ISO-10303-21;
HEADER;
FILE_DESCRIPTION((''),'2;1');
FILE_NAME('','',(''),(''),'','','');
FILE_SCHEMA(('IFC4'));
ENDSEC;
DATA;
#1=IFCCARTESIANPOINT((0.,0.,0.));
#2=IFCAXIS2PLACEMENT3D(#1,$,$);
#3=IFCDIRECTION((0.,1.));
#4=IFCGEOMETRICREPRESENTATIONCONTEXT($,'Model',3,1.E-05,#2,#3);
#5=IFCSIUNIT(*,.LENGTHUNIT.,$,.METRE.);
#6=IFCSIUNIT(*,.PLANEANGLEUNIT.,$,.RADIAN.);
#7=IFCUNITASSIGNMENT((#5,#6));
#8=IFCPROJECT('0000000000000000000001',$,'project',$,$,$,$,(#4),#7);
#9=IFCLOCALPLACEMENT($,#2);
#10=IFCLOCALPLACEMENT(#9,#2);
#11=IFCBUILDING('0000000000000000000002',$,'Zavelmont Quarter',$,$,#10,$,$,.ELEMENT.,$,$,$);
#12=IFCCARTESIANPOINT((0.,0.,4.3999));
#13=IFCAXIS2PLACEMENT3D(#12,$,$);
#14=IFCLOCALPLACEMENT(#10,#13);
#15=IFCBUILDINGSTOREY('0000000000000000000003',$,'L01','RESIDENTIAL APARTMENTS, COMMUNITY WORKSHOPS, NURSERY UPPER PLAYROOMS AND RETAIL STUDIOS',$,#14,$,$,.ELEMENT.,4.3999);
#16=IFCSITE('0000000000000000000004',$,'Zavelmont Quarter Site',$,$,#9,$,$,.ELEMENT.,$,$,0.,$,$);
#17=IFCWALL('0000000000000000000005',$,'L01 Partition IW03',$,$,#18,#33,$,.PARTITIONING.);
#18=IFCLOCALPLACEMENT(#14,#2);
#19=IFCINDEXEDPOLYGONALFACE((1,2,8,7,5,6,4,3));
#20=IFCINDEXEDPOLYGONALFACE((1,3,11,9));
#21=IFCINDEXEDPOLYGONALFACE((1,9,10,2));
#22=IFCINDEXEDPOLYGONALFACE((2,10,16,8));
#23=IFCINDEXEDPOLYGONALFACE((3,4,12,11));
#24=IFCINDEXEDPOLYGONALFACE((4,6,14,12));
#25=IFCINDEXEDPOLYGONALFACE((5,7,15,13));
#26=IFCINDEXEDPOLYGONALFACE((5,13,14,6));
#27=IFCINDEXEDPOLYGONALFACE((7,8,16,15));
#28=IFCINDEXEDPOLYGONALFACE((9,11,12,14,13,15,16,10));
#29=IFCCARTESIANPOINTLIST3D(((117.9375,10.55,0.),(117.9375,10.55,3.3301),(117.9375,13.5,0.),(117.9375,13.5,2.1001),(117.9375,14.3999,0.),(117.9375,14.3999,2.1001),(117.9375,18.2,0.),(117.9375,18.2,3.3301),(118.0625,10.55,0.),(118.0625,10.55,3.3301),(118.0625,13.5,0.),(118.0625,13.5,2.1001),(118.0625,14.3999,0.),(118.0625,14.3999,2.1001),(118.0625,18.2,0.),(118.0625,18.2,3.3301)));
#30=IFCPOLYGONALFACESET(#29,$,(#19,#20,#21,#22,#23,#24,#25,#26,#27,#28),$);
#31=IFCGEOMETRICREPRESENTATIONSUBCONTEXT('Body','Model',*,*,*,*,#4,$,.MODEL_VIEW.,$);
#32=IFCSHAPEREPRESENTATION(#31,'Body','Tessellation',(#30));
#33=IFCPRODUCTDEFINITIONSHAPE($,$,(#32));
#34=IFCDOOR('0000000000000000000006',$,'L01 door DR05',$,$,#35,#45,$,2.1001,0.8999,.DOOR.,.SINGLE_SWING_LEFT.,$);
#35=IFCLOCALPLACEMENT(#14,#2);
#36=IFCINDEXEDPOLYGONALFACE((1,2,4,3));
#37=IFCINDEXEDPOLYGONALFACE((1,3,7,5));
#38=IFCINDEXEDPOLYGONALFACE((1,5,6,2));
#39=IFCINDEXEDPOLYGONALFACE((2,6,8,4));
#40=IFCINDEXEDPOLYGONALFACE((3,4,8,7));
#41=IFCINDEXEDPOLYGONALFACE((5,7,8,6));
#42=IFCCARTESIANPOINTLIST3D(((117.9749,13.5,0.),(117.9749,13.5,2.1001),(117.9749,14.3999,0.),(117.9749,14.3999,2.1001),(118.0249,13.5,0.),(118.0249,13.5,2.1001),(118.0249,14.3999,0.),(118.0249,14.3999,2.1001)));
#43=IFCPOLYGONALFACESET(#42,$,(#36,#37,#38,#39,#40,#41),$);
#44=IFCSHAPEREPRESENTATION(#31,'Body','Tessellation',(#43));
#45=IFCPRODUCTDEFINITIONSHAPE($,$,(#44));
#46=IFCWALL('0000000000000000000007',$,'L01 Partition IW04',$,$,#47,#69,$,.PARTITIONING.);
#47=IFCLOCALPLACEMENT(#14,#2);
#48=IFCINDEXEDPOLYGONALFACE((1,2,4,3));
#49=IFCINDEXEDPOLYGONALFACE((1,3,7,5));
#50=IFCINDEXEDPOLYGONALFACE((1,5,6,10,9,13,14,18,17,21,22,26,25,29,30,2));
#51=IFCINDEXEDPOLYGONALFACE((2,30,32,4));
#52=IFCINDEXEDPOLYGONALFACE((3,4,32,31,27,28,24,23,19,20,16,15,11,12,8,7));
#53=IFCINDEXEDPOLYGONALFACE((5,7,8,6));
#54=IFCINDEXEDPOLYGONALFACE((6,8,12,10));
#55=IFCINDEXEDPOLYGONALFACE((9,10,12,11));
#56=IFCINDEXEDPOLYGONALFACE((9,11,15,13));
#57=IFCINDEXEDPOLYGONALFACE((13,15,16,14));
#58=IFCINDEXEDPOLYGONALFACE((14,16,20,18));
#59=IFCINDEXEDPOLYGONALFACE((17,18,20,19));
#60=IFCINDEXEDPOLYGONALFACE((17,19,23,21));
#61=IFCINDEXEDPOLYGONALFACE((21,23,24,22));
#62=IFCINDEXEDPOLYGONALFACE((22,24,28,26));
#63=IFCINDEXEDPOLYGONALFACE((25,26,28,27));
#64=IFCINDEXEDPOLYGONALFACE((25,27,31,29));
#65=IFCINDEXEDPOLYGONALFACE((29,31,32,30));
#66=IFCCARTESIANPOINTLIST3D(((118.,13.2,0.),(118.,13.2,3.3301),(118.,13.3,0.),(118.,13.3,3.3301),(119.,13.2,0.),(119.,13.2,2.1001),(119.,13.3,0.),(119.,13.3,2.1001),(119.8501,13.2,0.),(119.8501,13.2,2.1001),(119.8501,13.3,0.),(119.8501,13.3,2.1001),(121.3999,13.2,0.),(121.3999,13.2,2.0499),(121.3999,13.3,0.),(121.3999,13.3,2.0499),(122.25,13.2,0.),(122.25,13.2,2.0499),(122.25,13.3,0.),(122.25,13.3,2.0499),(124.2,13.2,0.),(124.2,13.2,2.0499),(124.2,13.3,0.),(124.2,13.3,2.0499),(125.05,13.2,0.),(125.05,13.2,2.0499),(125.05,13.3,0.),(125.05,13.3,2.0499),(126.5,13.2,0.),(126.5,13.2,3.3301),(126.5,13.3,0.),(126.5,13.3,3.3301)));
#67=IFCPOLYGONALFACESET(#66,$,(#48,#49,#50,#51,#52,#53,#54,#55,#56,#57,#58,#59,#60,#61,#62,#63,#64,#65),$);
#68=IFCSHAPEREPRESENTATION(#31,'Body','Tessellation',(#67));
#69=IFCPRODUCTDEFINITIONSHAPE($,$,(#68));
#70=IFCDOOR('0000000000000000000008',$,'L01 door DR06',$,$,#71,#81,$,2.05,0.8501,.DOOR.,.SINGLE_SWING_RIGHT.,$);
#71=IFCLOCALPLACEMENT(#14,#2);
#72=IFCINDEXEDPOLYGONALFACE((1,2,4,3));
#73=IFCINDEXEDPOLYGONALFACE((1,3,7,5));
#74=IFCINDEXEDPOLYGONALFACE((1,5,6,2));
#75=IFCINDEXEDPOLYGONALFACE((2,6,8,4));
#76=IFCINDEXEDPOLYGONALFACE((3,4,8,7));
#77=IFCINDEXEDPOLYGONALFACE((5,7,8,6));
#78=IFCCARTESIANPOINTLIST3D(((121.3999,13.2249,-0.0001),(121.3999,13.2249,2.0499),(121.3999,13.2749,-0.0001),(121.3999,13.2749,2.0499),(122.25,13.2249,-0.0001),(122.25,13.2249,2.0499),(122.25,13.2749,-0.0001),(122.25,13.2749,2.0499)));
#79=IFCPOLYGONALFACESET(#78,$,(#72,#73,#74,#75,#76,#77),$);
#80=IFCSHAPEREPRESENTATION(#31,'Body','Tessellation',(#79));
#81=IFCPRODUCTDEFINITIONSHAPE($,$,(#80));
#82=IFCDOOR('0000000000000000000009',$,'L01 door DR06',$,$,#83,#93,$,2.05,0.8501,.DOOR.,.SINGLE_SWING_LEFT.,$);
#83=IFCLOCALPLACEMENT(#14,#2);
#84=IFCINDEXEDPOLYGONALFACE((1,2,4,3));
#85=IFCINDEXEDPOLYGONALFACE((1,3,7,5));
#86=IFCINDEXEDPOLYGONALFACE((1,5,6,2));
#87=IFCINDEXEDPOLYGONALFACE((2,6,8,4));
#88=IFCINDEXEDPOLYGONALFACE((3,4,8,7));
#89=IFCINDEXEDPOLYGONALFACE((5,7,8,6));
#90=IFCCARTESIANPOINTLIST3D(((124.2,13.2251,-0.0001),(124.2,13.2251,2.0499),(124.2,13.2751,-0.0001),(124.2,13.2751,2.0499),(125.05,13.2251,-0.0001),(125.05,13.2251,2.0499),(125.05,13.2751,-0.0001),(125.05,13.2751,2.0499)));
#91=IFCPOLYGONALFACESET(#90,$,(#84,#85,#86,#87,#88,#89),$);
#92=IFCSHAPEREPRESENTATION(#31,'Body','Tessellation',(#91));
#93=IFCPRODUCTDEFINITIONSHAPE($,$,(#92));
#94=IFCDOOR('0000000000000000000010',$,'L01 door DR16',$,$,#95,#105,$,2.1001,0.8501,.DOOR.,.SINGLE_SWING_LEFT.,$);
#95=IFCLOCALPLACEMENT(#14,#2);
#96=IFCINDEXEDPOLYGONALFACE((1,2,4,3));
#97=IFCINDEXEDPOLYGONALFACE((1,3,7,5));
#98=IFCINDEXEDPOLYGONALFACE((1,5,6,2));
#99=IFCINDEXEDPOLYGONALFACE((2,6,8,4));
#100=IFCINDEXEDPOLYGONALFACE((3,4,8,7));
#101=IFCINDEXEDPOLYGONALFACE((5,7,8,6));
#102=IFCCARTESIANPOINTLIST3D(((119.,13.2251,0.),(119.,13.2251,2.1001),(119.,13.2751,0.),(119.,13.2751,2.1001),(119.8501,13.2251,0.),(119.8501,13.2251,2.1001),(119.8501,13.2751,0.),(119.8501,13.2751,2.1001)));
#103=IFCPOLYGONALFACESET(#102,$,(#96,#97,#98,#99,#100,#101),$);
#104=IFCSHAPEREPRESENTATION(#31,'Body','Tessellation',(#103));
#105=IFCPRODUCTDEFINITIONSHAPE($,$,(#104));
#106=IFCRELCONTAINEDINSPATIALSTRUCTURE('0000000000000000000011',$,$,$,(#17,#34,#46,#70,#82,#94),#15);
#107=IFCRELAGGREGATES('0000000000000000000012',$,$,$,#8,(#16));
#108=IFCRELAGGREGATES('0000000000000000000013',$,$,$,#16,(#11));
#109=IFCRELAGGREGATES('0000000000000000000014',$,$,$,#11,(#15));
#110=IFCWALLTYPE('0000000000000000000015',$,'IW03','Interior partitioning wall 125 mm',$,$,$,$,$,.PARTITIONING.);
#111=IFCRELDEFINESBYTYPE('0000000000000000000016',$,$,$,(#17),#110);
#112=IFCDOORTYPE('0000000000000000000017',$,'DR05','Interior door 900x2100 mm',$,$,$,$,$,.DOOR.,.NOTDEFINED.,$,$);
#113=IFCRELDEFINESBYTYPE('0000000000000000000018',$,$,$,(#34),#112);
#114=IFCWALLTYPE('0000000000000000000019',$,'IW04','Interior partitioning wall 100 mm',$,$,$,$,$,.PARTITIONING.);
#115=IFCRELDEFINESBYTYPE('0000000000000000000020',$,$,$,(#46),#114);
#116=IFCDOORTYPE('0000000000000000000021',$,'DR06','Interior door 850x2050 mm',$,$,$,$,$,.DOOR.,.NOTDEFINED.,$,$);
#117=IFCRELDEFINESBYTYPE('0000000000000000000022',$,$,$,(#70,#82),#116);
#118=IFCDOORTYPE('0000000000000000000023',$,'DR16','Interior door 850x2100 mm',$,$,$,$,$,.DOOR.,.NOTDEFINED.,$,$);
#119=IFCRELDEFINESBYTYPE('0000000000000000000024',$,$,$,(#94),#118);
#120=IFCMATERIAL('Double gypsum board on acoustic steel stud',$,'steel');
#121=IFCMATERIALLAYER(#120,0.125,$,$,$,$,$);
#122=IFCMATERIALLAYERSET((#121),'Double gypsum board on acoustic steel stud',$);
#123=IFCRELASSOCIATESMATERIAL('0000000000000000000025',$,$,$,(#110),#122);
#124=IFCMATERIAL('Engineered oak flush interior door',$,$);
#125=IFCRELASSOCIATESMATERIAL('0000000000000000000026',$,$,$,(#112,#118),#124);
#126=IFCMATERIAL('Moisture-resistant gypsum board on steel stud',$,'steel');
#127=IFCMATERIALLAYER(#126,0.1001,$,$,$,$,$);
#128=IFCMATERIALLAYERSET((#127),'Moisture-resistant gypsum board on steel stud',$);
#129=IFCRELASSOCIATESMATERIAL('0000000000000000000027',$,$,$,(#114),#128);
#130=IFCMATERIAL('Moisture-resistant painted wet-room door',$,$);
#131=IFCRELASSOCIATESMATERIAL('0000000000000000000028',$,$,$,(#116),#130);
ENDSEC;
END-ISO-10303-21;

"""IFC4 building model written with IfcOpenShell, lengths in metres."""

from ifc_helpers import new_model, si_unit, direction, frame, frame_2d, origin, origin_with_axes, place, context, subcontext, project, spatial, rectangle, extrude, material, layer, layer_set, type_object, element, fill, save


model = new_model("IFC4")

# Units and contexts
model_context = context("Model", 3, precision=1e-05, world=origin(), true_north=direction((0.0, 1.0)))
body_context = subcontext(model_context, "Body", "Model", "MODEL_VIEW")
ifc_project = project(units=[si_unit("LENGTHUNIT", "METRE"), si_unit("PLANEANGLEUNIT", "RADIAN")], contexts=[model_context])

# Site, building, storey
site_placement = place(None, origin())
site = spatial("IfcSite", under=ifc_project, at=site_placement, Name="Zavelmont Quarter Site", CompositionType="ELEMENT", RefElevation=0.0)
building_placement = place(site_placement, origin())
building = spatial("IfcBuilding", under=site, at=building_placement, Name="Zavelmont Quarter", CompositionType="ELEMENT")
storey_placement = place(building_placement, frame((0.0, 0.0, 4.3999)))
storey = spatial("IfcBuildingStorey", under=building, at=storey_placement, Name="L01", Description="RESIDENTIAL APARTMENTS, COMMUNITY WORKSHOPS, NURSERY UPPER PLAYROOMS AND RETAIL STUDIOS", CompositionType="ELEMENT", Elevation=4.3999)

# Wall, opening, door
ifc_material_1 = material(Name="Double gypsum board on acoustic steel stud", Category="steel")
ifc_layer_1 = layer(ifc_material_1, 0.125)
ifc_layer_set_1 = layer_set([ifc_layer_1], Name="Double gypsum board on acoustic steel stud")
wall_type_1 = type_object("IfcWallType", Name="IW03", Description="Interior partitioning wall 125 mm", PredefinedType="PARTITIONING", material=ifc_layer_set_1)
wall_1_placement = place(storey_placement, frame((118.0, 10.55, 0.0), z_axis=(0.0, 0.0, 1.0), x_axis=(0.0, 1.0, 0.0)))
wall_1 = element("IfcWall", 1, at=wall_1_placement, inside=storey, type_object=wall_type_1, Name="L01 Partition IW03", PredefinedType="PARTITIONING", context=body_context, shape_type="SweptSolid", body=[
    extrude(rectangle(XDim=7.6499, YDim=0.125, at=frame_2d((3.825, 0.0))), origin(), (0.0, 0.0, 1.0), 3.3301),
])
opening_1_placement = place(wall_1_placement, frame((2.95, 0.0, 0.0)))
opening_1 = element("IfcOpeningElement", 2, at=opening_1_placement, cuts=wall_1, PredefinedType="OPENING", context=body_context, shape_type="SweptSolid", body=[
    extrude(rectangle(XDim=0.8999, YDim=2.1001, at=frame_2d((0.45, 1.05))), frame((0.0, 0.0745, 0.0), z_axis=(0.0, -1.0, 0.0), x_axis=(1.0, 0.0, 0.0)), (0.0, 0.0, 1.0), 0.1489),
])
ifc_material_2 = material(Name="Engineered oak flush interior door")
door_type_1 = type_object("IfcDoorType", Name="DR05", Description="Interior door 900x2100 mm", OperationType="NOTDEFINED", PredefinedType="DOOR", material=ifc_material_2)
door_1_placement = place(opening_1_placement, frame((0.8999, 0.0, 0.0), z_axis=(0.0, 0.0, 1.0), x_axis=(-1.0, 0.0, 0.0)))
door_1 = element("IfcDoor", 3, at=door_1_placement, inside=storey, type_object=door_type_1, Name="L01 door DR05", OperationType="SINGLE_SWING_LEFT", OverallHeight=2.1001, OverallWidth=0.8999, PredefinedType="DOOR", context=body_context, shape_type="SweptSolid", body=[
    extrude(rectangle(XDim=0.8999, YDim=2.1001, at=frame_2d((0.45, 1.05))), frame((0.0, 0.0249, 0.0), z_axis=(0.0, -1.0, 0.0), x_axis=(1.0, 0.0, 0.0)), (0.0, 0.0, 1.0), 0.05),
])
fill(opening_1, door_1)

# Wall, openings, doors
ifc_material_3 = material(Name="Moisture-resistant gypsum board on steel stud", Category="steel")
ifc_layer_2 = layer(ifc_material_3, 0.1001)
ifc_layer_set_2 = layer_set([ifc_layer_2], Name="Moisture-resistant gypsum board on steel stud")
wall_type_2 = type_object("IfcWallType", Name="IW04", Description="Interior partitioning wall 100 mm", PredefinedType="PARTITIONING", material=ifc_layer_set_2)
wall_2_placement = place(storey_placement, frame((118.0, 13.25, 0.0), z_axis=(0.0, 0.0, 1.0), x_axis=(1.0, 0.0, 0.0)))
wall_2 = element("IfcWall", 4, at=wall_2_placement, inside=storey, type_object=wall_type_2, Name="L01 Partition IW04", PredefinedType="PARTITIONING", context=body_context, shape_type="SweptSolid", body=[
    extrude(rectangle(XDim=8.5, YDim=0.1001, at=frame_2d((4.25, 0.0))), origin(), (0.0, 0.0, 1.0), 3.3301),
])
opening_2_placement = place(wall_2_placement, frame((1.0, 0.0, 0.0)))
opening_2 = element("IfcOpeningElement", 5, at=opening_2_placement, cuts=wall_2, PredefinedType="OPENING", context=body_context, shape_type="SweptSolid", body=[
    extrude(rectangle(XDim=0.8501, YDim=2.1001, at=frame_2d((0.425, 1.05))), frame((0.0, 0.062, 0.0), z_axis=(0.0, -1.0, 0.0), x_axis=(1.0, 0.0, 0.0)), (0.0, 0.0, 1.0), 0.124),
])
opening_3_placement = place(wall_2_placement, frame((3.3999, 0.0, 0.0)))
opening_3 = element("IfcOpeningElement", 6, at=opening_3_placement, cuts=wall_2, PredefinedType="OPENING", context=body_context, shape_type="SweptSolid", body=[
    extrude(rectangle(XDim=0.8501, YDim=2.05, at=frame_2d((0.425, 1.0249))), frame((0.0, 0.062, 0.0), z_axis=(0.0, -1.0, 0.0), x_axis=(1.0, 0.0, 0.0)), (0.0, 0.0, 1.0), 0.124),
])
opening_4_placement = place(wall_2_placement, frame((6.2, 0.0, 0.0)))
opening_4 = element("IfcOpeningElement", 7, at=opening_4_placement, cuts=wall_2, PredefinedType="OPENING", context=body_context, shape_type="SweptSolid", body=[
    extrude(rectangle(XDim=0.8501, YDim=2.05, at=frame_2d((0.425, 1.0249))), frame((0.0, 0.062, 0.0), z_axis=(0.0, -1.0, 0.0), x_axis=(1.0, 0.0, 0.0)), (0.0, 0.0, 1.0), 0.124),
])
ifc_material_4 = material(Name="Moisture-resistant painted wet-room door")
door_type_2 = type_object("IfcDoorType", Name="DR06", Description="Interior door 850x2050 mm", OperationType="NOTDEFINED", PredefinedType="DOOR", material=ifc_material_4)
door_2_placement = place(opening_3_placement, origin_with_axes())
door_2 = element("IfcDoor", 8, at=door_2_placement, inside=storey, type_object=door_type_2, Name="L01 door DR06", OperationType="SINGLE_SWING_RIGHT", OverallHeight=2.05, OverallWidth=0.8501, PredefinedType="DOOR", context=body_context, shape_type="SweptSolid", body=[
    extrude(rectangle(XDim=0.8501, YDim=2.05, at=frame_2d((0.425, 1.0249))), frame((0.0, 0.0249, 0.0), z_axis=(0.0, -1.0, 0.0), x_axis=(1.0, 0.0, 0.0)), (0.0, 0.0, 1.0), 0.05),
])
fill(opening_3, door_2)
door_3_placement = place(opening_4_placement, frame((0.8501, 0.0, 0.0), z_axis=(0.0, 0.0, 1.0), x_axis=(-1.0, 0.0, 0.0)))
door_3 = element("IfcDoor", 9, at=door_3_placement, inside=storey, type_object=door_type_2, Name="L01 door DR06", OperationType="SINGLE_SWING_LEFT", OverallHeight=2.05, OverallWidth=0.8501, PredefinedType="DOOR", context=body_context, shape_type="SweptSolid", body=[
    extrude(rectangle(XDim=0.8501, YDim=2.05, at=frame_2d((0.425, 1.0249))), frame((0.0, 0.0249, 0.0), z_axis=(0.0, -1.0, 0.0), x_axis=(1.0, 0.0, 0.0)), (0.0, 0.0, 1.0), 0.05),
])
fill(opening_4, door_3)
door_type_3 = type_object("IfcDoorType", Name="DR16", Description="Interior door 850x2100 mm", OperationType="NOTDEFINED", PredefinedType="DOOR", material=ifc_material_2)
door_4_placement = place(opening_2_placement, frame((0.8501, 0.0, 0.0), z_axis=(0.0, 0.0, 1.0), x_axis=(-1.0, 0.0, 0.0)))
door_4 = element("IfcDoor", 10, at=door_4_placement, inside=storey, type_object=door_type_3, Name="L01 door DR16", OperationType="SINGLE_SWING_LEFT", OverallHeight=2.1001, OverallWidth=0.8501, PredefinedType="DOOR", context=body_context, shape_type="SweptSolid", body=[
    extrude(rectangle(XDim=0.8501, YDim=2.1001, at=frame_2d((0.425, 1.05))), frame((0.0, 0.0249, 0.0), z_axis=(0.0, -1.0, 0.0), x_axis=(1.0, 0.0, 0.0)), (0.0, 0.0, 1.0), 0.05),
])
fill(opening_2, door_4)

save(model, "model.ifc")
